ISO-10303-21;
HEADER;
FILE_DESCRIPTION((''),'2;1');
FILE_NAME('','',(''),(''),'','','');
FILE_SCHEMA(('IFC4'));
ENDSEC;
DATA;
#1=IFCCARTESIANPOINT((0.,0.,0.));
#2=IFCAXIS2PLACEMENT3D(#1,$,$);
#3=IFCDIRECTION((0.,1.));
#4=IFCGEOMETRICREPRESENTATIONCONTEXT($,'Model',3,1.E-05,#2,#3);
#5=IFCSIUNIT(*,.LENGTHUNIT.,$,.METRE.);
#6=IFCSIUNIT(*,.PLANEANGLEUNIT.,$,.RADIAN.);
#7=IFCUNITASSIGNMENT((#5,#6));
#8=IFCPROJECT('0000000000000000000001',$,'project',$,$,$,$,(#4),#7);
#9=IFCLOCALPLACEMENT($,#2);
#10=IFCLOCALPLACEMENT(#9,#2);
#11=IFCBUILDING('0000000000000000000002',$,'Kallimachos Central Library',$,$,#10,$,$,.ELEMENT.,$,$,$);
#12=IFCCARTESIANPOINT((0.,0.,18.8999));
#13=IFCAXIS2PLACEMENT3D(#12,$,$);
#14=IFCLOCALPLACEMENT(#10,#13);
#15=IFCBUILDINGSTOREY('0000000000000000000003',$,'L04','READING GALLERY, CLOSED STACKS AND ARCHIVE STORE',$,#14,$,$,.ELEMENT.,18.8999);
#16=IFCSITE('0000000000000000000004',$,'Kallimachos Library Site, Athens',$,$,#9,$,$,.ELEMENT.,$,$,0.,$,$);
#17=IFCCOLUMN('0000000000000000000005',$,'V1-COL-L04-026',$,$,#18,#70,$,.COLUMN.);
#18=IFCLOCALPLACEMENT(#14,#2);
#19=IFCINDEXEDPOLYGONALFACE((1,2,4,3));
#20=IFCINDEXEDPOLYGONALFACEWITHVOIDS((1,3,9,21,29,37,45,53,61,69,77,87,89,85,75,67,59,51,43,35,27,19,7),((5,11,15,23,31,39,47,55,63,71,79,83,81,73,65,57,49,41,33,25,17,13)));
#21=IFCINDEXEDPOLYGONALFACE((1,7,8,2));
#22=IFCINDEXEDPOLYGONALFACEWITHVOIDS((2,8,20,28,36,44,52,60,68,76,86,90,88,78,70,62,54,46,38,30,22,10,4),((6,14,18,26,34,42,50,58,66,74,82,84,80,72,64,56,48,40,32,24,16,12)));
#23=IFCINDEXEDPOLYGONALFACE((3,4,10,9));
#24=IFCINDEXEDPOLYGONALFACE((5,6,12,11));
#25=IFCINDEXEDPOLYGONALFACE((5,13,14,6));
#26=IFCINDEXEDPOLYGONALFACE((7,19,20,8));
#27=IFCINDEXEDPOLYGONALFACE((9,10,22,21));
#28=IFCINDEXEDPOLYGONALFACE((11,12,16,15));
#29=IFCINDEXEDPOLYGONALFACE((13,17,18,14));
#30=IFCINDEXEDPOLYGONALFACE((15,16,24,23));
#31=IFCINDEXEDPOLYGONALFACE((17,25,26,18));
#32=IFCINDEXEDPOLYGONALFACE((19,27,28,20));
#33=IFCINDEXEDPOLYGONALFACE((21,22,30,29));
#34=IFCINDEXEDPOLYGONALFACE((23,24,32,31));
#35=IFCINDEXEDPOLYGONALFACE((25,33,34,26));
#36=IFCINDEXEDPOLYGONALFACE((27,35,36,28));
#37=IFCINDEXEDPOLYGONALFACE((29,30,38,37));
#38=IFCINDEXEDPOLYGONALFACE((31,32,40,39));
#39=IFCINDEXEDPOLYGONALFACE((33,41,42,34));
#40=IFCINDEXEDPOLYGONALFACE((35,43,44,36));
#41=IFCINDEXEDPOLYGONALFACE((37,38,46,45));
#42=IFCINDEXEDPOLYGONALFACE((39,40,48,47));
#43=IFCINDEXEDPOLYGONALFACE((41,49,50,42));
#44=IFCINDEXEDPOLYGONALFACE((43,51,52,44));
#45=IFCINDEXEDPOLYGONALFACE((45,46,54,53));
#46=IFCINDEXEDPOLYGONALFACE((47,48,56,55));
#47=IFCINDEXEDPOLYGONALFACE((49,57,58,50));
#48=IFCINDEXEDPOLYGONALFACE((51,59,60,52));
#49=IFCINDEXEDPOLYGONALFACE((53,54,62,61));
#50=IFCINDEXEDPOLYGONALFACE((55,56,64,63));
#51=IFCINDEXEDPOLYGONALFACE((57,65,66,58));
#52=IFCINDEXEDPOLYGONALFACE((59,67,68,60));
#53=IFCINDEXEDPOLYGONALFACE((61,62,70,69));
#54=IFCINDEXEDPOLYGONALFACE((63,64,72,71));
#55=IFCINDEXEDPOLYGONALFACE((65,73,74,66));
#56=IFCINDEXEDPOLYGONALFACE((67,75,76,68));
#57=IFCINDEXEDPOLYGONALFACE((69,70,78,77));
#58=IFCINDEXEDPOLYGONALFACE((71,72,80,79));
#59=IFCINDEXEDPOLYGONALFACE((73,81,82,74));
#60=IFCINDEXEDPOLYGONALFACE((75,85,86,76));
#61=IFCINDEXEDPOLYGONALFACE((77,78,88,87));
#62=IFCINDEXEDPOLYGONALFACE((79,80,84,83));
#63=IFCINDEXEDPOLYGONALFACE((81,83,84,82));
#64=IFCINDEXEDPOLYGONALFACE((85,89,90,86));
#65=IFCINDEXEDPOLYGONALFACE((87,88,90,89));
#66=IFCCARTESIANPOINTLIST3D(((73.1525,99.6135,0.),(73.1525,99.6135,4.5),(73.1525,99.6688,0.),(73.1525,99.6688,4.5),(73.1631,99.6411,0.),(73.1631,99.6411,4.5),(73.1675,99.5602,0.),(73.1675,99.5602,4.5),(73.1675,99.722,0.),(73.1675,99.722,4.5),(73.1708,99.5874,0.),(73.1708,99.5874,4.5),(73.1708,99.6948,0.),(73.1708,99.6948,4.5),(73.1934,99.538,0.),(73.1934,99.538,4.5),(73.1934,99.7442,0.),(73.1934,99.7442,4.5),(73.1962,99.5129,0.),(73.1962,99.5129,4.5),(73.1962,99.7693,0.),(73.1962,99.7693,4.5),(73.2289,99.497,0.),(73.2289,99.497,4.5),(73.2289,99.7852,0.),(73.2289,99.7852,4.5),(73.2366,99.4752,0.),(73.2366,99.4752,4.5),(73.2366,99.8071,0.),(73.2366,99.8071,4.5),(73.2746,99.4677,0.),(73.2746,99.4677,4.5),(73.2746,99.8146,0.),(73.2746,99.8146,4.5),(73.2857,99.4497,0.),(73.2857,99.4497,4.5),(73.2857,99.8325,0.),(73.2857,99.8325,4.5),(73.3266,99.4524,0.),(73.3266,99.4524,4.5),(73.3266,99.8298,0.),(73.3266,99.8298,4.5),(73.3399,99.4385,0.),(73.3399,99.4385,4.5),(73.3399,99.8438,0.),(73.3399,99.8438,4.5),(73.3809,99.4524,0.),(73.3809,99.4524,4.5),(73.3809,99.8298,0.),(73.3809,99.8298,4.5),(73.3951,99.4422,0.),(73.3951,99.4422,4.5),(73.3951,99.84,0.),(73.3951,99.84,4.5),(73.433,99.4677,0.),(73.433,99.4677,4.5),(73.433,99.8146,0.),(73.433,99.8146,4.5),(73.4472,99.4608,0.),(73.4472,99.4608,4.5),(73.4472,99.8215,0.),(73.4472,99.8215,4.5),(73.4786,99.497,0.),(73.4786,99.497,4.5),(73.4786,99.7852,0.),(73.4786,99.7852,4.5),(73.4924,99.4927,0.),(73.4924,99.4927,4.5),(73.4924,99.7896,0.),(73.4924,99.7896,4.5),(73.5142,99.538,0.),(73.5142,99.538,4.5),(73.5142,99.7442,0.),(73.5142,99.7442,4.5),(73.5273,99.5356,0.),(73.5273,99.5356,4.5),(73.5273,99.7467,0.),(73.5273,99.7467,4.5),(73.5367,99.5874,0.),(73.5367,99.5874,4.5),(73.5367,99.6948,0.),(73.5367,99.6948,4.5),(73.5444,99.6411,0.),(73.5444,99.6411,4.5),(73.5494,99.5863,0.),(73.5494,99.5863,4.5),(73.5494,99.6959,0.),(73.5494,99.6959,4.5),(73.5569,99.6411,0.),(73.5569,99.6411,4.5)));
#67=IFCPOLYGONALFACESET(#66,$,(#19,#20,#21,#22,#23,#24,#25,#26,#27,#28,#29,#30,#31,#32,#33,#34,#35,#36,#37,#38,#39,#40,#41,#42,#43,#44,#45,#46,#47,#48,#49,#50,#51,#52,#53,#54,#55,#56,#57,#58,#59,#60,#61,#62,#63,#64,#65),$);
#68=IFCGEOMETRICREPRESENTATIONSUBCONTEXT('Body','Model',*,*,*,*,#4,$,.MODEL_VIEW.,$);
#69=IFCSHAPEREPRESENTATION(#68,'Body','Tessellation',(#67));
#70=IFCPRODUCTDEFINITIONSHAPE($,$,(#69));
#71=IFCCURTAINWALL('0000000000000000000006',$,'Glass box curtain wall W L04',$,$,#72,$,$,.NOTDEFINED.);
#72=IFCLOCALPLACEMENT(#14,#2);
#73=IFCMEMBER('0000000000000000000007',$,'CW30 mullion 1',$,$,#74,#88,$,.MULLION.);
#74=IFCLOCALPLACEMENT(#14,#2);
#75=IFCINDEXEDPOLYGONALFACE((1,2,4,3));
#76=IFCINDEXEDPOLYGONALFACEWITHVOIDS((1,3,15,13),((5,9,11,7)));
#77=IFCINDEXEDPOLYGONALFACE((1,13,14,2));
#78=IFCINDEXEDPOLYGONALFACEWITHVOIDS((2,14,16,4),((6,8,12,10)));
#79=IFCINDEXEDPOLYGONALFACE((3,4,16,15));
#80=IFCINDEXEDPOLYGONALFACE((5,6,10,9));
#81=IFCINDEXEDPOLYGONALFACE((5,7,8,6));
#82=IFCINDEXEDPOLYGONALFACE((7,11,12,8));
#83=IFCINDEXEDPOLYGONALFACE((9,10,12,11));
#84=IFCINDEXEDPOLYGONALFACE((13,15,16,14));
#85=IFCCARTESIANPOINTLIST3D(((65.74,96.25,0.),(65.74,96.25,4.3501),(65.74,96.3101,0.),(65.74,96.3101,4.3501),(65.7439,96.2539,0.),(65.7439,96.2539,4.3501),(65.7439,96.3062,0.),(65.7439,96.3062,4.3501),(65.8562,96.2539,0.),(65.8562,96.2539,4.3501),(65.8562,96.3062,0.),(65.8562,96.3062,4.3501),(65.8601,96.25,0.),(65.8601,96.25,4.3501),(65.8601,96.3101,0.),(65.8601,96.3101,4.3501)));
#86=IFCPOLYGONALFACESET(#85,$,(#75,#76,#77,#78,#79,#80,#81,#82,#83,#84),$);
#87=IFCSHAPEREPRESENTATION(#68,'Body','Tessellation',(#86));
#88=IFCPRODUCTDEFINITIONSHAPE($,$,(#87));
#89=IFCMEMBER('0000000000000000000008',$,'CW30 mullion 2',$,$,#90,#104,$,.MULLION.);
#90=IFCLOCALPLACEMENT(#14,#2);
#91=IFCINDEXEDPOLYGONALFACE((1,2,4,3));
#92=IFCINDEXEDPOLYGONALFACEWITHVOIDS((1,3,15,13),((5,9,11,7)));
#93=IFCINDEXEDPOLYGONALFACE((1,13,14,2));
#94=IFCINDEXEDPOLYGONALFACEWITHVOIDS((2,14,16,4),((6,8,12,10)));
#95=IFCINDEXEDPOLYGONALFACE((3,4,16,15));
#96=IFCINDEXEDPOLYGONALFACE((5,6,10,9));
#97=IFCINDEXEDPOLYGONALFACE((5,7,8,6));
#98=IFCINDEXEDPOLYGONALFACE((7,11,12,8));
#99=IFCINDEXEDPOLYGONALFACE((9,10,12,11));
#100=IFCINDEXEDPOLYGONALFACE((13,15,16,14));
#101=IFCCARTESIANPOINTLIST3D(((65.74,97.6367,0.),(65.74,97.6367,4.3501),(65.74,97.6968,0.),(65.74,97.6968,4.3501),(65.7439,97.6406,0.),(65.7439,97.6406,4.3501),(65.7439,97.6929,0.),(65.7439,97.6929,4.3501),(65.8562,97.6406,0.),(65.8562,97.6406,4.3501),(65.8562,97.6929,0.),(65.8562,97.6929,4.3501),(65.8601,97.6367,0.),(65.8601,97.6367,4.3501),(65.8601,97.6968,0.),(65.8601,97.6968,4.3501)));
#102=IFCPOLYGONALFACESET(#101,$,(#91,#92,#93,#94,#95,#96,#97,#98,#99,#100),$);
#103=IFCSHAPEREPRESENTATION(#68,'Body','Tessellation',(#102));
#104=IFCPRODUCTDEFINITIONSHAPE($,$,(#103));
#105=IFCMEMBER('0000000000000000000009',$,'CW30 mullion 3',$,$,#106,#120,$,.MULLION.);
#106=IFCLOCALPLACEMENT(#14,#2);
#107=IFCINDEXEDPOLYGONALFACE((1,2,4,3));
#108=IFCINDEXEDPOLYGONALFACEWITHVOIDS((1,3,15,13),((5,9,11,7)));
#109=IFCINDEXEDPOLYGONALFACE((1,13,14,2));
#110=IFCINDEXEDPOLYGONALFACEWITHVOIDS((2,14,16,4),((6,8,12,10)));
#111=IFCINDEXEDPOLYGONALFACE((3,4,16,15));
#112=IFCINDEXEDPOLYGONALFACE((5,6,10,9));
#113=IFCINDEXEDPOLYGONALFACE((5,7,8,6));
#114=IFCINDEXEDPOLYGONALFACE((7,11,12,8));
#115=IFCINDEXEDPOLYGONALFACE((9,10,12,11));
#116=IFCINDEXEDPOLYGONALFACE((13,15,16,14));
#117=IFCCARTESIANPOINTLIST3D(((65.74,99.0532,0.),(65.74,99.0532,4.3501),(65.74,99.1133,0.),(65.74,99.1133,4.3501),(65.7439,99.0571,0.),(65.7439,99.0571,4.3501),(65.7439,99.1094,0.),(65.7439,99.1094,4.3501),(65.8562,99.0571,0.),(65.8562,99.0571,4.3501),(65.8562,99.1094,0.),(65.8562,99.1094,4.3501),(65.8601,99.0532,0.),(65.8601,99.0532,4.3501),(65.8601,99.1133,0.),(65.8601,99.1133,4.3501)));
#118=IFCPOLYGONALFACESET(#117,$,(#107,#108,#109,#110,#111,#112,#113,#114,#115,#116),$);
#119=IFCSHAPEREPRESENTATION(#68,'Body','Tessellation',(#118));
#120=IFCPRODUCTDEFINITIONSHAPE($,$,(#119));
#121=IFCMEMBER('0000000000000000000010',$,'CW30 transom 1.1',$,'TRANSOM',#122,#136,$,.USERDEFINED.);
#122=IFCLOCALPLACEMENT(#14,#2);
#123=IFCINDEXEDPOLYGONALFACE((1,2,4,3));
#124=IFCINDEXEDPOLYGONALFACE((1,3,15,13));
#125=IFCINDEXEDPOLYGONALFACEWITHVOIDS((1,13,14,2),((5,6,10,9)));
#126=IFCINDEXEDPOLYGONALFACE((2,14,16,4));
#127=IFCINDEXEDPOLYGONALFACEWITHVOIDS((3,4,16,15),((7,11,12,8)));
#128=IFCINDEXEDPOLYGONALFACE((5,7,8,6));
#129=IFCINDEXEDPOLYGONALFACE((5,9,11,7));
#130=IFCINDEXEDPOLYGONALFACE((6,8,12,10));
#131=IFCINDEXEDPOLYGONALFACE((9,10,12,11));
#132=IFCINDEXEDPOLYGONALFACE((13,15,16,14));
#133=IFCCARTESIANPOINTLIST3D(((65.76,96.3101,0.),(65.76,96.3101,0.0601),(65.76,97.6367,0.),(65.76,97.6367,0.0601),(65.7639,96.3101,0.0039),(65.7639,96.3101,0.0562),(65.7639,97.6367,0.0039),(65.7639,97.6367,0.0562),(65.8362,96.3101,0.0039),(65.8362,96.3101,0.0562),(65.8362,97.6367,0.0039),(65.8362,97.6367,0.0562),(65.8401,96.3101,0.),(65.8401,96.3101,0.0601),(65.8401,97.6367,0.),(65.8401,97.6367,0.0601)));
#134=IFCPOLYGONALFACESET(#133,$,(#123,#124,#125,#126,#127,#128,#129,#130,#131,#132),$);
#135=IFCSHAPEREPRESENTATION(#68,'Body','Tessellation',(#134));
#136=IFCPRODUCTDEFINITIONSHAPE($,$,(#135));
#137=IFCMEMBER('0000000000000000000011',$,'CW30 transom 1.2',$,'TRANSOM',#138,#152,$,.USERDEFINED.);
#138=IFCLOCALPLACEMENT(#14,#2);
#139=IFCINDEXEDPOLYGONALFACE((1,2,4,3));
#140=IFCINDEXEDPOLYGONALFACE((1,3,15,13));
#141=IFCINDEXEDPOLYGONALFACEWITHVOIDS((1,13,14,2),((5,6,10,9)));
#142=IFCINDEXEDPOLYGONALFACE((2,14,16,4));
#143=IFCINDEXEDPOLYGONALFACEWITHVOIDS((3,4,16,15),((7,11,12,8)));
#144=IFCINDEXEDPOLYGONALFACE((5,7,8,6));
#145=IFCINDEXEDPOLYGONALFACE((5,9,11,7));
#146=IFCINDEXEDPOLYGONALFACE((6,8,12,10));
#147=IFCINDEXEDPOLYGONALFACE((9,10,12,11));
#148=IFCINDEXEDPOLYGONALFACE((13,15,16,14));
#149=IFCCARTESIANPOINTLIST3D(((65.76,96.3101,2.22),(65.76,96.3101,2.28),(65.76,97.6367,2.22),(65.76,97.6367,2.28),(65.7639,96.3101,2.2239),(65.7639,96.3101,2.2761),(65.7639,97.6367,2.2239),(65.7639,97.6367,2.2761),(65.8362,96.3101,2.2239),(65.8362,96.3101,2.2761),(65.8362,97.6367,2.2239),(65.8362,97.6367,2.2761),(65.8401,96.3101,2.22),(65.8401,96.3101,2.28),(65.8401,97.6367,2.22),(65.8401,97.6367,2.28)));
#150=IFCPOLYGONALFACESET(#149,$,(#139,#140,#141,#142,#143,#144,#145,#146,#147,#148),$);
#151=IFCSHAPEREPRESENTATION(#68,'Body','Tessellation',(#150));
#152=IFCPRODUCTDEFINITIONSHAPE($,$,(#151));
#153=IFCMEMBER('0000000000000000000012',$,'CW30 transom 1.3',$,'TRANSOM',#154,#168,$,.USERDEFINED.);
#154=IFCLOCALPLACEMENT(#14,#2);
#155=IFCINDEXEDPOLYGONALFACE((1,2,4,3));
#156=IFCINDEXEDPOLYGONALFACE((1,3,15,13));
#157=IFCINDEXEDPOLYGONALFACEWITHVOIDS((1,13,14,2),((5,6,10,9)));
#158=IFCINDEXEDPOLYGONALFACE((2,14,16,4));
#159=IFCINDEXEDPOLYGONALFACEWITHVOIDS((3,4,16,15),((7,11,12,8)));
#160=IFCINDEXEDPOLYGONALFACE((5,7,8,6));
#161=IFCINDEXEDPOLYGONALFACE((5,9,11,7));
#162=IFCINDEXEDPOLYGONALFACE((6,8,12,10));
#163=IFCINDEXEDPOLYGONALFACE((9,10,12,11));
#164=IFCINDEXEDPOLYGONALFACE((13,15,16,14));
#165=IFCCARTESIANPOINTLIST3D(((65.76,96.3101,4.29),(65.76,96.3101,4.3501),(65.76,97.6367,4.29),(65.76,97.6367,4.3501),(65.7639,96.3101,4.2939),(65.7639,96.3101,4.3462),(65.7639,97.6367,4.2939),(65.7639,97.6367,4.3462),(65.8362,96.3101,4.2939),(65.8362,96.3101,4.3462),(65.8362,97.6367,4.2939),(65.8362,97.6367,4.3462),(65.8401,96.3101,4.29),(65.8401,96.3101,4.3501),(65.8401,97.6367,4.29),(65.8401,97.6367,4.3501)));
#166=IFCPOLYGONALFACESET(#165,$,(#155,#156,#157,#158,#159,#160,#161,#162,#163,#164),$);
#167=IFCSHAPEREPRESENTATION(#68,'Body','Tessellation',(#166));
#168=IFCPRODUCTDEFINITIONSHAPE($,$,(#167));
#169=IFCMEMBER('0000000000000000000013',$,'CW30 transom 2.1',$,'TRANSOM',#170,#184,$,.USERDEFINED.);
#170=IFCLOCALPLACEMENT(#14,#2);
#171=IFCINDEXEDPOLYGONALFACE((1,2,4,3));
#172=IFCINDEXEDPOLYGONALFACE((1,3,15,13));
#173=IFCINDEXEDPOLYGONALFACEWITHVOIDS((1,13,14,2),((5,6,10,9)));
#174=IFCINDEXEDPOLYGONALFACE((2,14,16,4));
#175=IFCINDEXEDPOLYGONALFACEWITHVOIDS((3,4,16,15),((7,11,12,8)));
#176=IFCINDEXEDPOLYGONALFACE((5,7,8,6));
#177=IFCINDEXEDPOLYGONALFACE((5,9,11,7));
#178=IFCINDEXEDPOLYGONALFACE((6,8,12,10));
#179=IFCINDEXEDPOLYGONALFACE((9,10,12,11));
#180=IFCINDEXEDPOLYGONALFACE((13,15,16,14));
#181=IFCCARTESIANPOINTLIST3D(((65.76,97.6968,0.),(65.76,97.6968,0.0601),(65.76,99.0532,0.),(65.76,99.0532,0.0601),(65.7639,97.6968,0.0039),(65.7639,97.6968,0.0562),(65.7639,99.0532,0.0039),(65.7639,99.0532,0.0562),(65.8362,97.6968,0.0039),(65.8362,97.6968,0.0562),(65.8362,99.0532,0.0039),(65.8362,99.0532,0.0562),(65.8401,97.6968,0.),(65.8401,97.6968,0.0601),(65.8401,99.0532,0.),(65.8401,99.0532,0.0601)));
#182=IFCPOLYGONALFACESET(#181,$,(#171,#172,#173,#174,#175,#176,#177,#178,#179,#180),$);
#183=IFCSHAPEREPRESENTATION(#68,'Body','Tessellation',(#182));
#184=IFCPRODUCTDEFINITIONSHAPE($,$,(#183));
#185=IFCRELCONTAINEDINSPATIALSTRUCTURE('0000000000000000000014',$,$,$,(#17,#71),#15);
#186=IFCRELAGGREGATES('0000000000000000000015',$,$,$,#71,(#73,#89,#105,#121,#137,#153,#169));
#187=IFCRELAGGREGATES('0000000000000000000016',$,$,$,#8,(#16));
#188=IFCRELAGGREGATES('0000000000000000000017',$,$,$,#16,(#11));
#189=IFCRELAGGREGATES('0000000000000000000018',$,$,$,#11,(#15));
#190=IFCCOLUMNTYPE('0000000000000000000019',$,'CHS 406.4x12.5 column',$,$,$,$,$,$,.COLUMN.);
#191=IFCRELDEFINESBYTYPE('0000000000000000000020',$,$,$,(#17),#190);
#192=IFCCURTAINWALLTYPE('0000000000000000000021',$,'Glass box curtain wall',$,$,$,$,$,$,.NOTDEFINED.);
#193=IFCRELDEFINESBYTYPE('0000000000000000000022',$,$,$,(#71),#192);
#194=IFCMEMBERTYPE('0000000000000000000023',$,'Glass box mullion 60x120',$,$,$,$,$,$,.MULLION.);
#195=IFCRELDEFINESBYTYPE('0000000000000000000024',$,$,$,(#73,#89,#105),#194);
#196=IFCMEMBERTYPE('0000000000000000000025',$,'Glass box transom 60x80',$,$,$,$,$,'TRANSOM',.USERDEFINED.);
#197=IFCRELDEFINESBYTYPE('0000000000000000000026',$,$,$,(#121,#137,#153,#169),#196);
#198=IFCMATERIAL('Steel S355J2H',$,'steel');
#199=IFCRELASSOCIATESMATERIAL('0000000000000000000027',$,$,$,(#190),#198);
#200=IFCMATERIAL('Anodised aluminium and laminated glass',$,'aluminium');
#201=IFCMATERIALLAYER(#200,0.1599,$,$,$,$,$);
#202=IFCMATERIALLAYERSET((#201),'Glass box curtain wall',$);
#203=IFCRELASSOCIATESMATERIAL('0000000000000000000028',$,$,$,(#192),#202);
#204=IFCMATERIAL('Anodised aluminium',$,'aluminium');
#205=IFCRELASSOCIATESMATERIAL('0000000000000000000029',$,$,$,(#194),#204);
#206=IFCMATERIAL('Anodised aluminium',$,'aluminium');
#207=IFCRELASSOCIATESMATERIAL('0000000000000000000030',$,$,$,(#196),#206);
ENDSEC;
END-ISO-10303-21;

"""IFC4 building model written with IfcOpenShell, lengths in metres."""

from ifc_helpers import new_model, si_unit, direction, frame, origin, origin_2d, place, context, subcontext, project, spatial, hollow_rectangle, hollow_circle, extrude, material, layer, layer_set, material_profile, profile_set, type_object, element, aggregate, save


model = new_model("IFC4")

# Units and contexts
model_context = context("Model", 3, precision=1e-05, world=origin(), true_north=direction((0.0, 1.0)))
body_context = subcontext(model_context, "Body", "Model", "MODEL_VIEW")
ifc_project = project(units=[si_unit("LENGTHUNIT", "METRE"), si_unit("PLANEANGLEUNIT", "RADIAN")], contexts=[model_context])

# Site, building, storey
site_placement = place(None, origin())
site = spatial("IfcSite", under=ifc_project, at=site_placement, Name="Kallimachos Library Site, Athens", CompositionType="ELEMENT", RefElevation=0.0)
building_placement = place(site_placement, origin())
building = spatial("IfcBuilding", under=site, at=building_placement, Name="Kallimachos Central Library", CompositionType="ELEMENT")
storey_placement = place(building_placement, frame((0.0, 0.0, 18.8999)))
storey = spatial("IfcBuildingStorey", under=building, at=storey_placement, Name="L04", Description="READING GALLERY, CLOSED STACKS AND ARCHIVE STORE", CompositionType="ELEMENT", Elevation=18.8999)

# Column
ifc_material_1 = material(Name="Steel S355J2H", Category="steel")
ifc_material_profile_1 = material_profile(ifc_material_1, hollow_circle(Radius=0.2031, WallThickness=0.0125, at=origin_2d()), Name="CHS 406.4x12.5")
ifc_profile_set_1 = profile_set([ifc_material_profile_1], Name="Steel S355J2H")
column_type = type_object("IfcColumnType", Name="CHS 406.4x12.5 column", PredefinedType="COLUMN", material=ifc_profile_set_1)
column_placement = place(storey_placement, frame((73.3538, 99.6411, 0.0), z_axis=(0.0, 0.0, 1.0), x_axis=(1.0, 0.0, 0.0)))
element("IfcColumn", 1, at=column_placement, inside=storey, type_object=column_type, Name="V1-COL-L04-026", PredefinedType="COLUMN", context=body_context, shape_type="SweptSolid", body=[
    extrude(hollow_circle(Radius=0.2031, WallThickness=0.0125, at=origin_2d()), origin(), (0.0, 0.0, 1.0), 4.5),
])

# Curtain wall, members
ifc_material_2 = material(Name="Anodised aluminium and laminated glass", Category="aluminium")
ifc_layer_1 = layer(ifc_material_2, 0.1599)
ifc_layer_set_1 = layer_set([ifc_layer_1], Name="Glass box curtain wall")
curtain_wall_type = type_object("IfcCurtainWallType", Name="Glass box curtain wall", PredefinedType="NOTDEFINED", material=ifc_layer_set_1)
curtain_wall_placement = place(storey_placement, origin())
curtain_wall = element("IfcCurtainWall", 2, at=curtain_wall_placement, inside=storey, type_object=curtain_wall_type, Name="Glass box curtain wall W L04", PredefinedType="NOTDEFINED")
ifc_material_3 = material(Name="Anodised aluminium", Category="aluminium")
ifc_material_profile_2 = material_profile(ifc_material_3, hollow_rectangle(XDim=0.0601, YDim=0.1201, WallThickness=0.0039, at=origin_2d()), Name="ALU MULLION 60x120")
ifc_profile_set_2 = profile_set([ifc_material_profile_2], Name="Anodised aluminium")
member_type_1 = type_object("IfcMemberType", Name="Glass box mullion 60x120", PredefinedType="MULLION", material=ifc_profile_set_2)
member_1_placement = place(storey_placement, frame((65.8, 96.28, 0.0), z_axis=(0.0, 0.0, 1.0), x_axis=(0.0, 1.0, 0.0)))
member_1 = element("IfcMember", 3, at=member_1_placement, type_object=member_type_1, Name="CW30 mullion 1", PredefinedType="MULLION", context=body_context, shape_type="SweptSolid", body=[
    extrude(hollow_rectangle(XDim=0.0601, YDim=0.1201, WallThickness=0.0039, at=origin_2d()), origin(), (0.0, 0.0, 1.0), 4.3501),
])
member_2_placement = place(storey_placement, frame((65.8, 97.6667, 0.0), z_axis=(0.0, 0.0, 1.0), x_axis=(0.0, 1.0, 0.0)))
member_2 = element("IfcMember", 4, at=member_2_placement, type_object=member_type_1, Name="CW30 mullion 2", PredefinedType="MULLION", context=body_context, shape_type="SweptSolid", body=[
    extrude(hollow_rectangle(XDim=0.0601, YDim=0.1201, WallThickness=0.0039, at=origin_2d()), origin(), (0.0, 0.0, 1.0), 4.3501),
])
member_3_placement = place(storey_placement, frame((65.8, 99.0833, 0.0), z_axis=(0.0, 0.0, 1.0), x_axis=(0.0, 1.0, 0.0)))
member_3 = element("IfcMember", 5, at=member_3_placement, type_object=member_type_1, Name="CW30 mullion 3", PredefinedType="MULLION", context=body_context, shape_type="SweptSolid", body=[
    extrude(hollow_rectangle(XDim=0.0601, YDim=0.1201, WallThickness=0.0039, at=origin_2d()), origin(), (0.0, 0.0, 1.0), 4.3501),
])
ifc_material_4 = material(Name="Anodised aluminium", Category="aluminium")
ifc_material_profile_3 = material_profile(ifc_material_4, hollow_rectangle(XDim=0.0601, YDim=0.0801, WallThickness=0.0039, at=origin_2d()), Name="ALU TRANSOM 60x80")
ifc_profile_set_3 = profile_set([ifc_material_profile_3], Name="Anodised aluminium")
member_type_2 = type_object("IfcMemberType", Name="Glass box transom 60x80", ElementType="TRANSOM", PredefinedType="USERDEFINED", material=ifc_profile_set_3)
member_4_placement = place(storey_placement, frame((65.8, 96.3101, 0.03), z_axis=(0.0, 1.0, 0.0), x_axis=(0.0, 0.0, 1.0)))
member_4 = element("IfcMember", 6, at=member_4_placement, type_object=member_type_2, Name="CW30 transom 1.1", ObjectType="TRANSOM", PredefinedType="USERDEFINED", context=body_context, shape_type="SweptSolid", body=[
    extrude(hollow_rectangle(XDim=0.0601, YDim=0.0801, WallThickness=0.0039, at=origin_2d()), origin(), (0.0, 0.0, 1.0), 1.3267),
])
member_5_placement = place(storey_placement, frame((65.8, 96.3101, 2.25), z_axis=(0.0, 1.0, 0.0), x_axis=(0.0, 0.0, 1.0)))
member_5 = element("IfcMember", 7, at=member_5_placement, type_object=member_type_2, Name="CW30 transom 1.2", ObjectType="TRANSOM", PredefinedType="USERDEFINED", context=body_context, shape_type="SweptSolid", body=[
    extrude(hollow_rectangle(XDim=0.0601, YDim=0.0801, WallThickness=0.0039, at=origin_2d()), origin(), (0.0, 0.0, 1.0), 1.3267),
])
member_6_placement = place(storey_placement, frame((65.8, 96.3101, 4.3201), z_axis=(0.0, 1.0, 0.0), x_axis=(0.0, 0.0, 1.0)))
member_6 = element("IfcMember", 8, at=member_6_placement, type_object=member_type_2, Name="CW30 transom 1.3", ObjectType="TRANSOM", PredefinedType="USERDEFINED", context=body_context, shape_type="SweptSolid", body=[
    extrude(hollow_rectangle(XDim=0.0601, YDim=0.0801, WallThickness=0.0039, at=origin_2d()), origin(), (0.0, 0.0, 1.0), 1.3267),
])
member_7_placement = place(storey_placement, frame((65.8, 97.6968, 0.03), z_axis=(0.0, 1.0, 0.0), x_axis=(0.0, 0.0, 1.0)))
member_7 = element("IfcMember", 9, at=member_7_placement, type_object=member_type_2, Name="CW30 transom 2.1", ObjectType="TRANSOM", PredefinedType="USERDEFINED", context=body_context, shape_type="SweptSolid", body=[
    extrude(hollow_rectangle(XDim=0.0601, YDim=0.0801, WallThickness=0.0039, at=origin_2d()), origin(), (0.0, 0.0, 1.0), 1.3564),
])

aggregate(curtain_wall, [member_1, member_2, member_3, member_4, member_5, member_6, member_7])

save(model, "model.ifc")
